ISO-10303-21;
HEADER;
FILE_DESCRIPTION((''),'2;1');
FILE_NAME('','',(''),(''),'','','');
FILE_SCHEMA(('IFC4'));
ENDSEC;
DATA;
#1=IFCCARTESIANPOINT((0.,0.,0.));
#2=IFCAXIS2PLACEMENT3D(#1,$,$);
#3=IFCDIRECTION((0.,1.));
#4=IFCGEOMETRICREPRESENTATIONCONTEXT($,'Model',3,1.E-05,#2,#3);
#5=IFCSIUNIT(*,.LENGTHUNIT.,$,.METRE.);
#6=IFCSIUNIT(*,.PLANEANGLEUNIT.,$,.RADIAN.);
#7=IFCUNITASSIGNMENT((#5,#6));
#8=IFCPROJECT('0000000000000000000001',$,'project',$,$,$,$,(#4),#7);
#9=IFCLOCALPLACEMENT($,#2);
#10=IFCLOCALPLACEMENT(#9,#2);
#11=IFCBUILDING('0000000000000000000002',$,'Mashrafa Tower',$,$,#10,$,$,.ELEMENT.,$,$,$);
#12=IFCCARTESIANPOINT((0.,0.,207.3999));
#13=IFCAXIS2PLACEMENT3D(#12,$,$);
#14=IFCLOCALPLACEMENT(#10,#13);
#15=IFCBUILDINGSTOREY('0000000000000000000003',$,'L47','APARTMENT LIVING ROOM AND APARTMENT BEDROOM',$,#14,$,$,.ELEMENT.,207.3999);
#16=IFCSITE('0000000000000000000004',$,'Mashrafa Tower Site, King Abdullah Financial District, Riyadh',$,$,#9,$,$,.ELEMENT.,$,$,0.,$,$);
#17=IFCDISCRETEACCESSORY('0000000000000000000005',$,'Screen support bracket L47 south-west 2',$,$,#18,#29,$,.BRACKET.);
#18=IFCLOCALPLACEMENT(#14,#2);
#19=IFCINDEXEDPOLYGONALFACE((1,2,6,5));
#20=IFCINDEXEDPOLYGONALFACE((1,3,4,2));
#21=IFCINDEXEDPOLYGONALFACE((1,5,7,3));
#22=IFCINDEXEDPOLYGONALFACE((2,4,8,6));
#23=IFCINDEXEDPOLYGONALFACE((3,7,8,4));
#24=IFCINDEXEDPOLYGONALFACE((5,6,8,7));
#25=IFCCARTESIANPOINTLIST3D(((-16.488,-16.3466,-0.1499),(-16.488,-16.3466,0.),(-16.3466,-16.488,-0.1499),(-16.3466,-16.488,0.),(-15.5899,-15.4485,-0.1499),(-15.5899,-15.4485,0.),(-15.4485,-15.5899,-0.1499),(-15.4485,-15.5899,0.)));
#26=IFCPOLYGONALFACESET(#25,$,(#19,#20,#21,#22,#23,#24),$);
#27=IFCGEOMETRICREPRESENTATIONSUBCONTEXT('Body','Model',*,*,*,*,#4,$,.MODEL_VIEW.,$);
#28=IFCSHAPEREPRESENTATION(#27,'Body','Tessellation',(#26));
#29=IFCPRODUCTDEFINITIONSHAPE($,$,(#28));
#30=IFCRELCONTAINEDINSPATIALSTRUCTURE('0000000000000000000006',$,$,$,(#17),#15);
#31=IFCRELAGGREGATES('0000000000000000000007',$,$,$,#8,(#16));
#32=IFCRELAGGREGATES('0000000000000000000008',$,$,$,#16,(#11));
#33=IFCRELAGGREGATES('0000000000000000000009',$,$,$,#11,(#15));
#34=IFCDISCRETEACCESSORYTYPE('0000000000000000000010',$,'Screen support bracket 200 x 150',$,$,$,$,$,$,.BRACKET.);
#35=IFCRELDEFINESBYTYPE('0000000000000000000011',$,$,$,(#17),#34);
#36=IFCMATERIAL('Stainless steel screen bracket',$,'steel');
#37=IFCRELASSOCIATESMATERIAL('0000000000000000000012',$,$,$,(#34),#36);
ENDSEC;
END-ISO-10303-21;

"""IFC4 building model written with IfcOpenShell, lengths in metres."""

from ifc_helpers import new_model, si_unit, direction, frame, origin, origin_2d, place, context, subcontext, project, spatial, rectangle, extrude, source, transform, mapped, material, type_object, type_shapes, element, save


model = new_model("IFC4")

# Units and contexts
model_context = context("Model", 3, precision=1e-05, world=origin(), true_north=direction((0.0, 1.0)))
body_context = subcontext(model_context, "Body", "Model", "MODEL_VIEW")
ifc_project = project(units=[si_unit("LENGTHUNIT", "METRE"), si_unit("PLANEANGLEUNIT", "RADIAN")], contexts=[model_context])

# Site, building, storey
site_placement = place(None, origin())
site = spatial("IfcSite", under=ifc_project, at=site_placement, Name="Mashrafa Tower Site, King Abdullah Financial District, Riyadh", CompositionType="ELEMENT", RefElevation=0.0)
building_placement = place(site_placement, origin())
building = spatial("IfcBuilding", under=site, at=building_placement, Name="Mashrafa Tower", CompositionType="ELEMENT")
storey_placement = place(building_placement, frame((0.0, 0.0, 207.3999)))
storey = spatial("IfcBuildingStorey", under=building, at=storey_placement, Name="L47", Description="APARTMENT LIVING ROOM AND APARTMENT BEDROOM", CompositionType="ELEMENT", Elevation=207.3999)

# Discrete accessory
ifc_material_1 = material(Name="Stainless steel screen bracket", Category="steel")
discrete_accessory_type = type_object("IfcDiscreteAccessoryType", Name="Screen support bracket 200 x 150", PredefinedType="BRACKET", material=ifc_material_1)
shared_shape_1 = source(origin(), body_context, "Body", "SweptSolid", [
    extrude(rectangle(XDim=0.2, YDim=1.27, at=origin_2d()), origin(), (0.0, 0.0, 1.0), 0.1499),
])
type_shapes(discrete_accessory_type, [shared_shape_1])
for number, where, z_axis, x_axis, name in (
    (1, (-15.9683, -15.9683, -0.1499), (0.0, 0.0, 1.0), (0.707107, -0.707107, 0.0), "Screen support bracket L47 south-west 2"),
):
    element("IfcDiscreteAccessory", number, at=place(storey_placement, frame(where, z_axis=z_axis, x_axis=x_axis)), inside=storey, type_object=discrete_accessory_type, Name=name, PredefinedType="BRACKET", context=body_context, shape_type="MappedRepresentation", body=[
        mapped(shared_shape_1, transform((0.0, 0.0, 0.0))),
    ])

save(model, "model.ifc")
